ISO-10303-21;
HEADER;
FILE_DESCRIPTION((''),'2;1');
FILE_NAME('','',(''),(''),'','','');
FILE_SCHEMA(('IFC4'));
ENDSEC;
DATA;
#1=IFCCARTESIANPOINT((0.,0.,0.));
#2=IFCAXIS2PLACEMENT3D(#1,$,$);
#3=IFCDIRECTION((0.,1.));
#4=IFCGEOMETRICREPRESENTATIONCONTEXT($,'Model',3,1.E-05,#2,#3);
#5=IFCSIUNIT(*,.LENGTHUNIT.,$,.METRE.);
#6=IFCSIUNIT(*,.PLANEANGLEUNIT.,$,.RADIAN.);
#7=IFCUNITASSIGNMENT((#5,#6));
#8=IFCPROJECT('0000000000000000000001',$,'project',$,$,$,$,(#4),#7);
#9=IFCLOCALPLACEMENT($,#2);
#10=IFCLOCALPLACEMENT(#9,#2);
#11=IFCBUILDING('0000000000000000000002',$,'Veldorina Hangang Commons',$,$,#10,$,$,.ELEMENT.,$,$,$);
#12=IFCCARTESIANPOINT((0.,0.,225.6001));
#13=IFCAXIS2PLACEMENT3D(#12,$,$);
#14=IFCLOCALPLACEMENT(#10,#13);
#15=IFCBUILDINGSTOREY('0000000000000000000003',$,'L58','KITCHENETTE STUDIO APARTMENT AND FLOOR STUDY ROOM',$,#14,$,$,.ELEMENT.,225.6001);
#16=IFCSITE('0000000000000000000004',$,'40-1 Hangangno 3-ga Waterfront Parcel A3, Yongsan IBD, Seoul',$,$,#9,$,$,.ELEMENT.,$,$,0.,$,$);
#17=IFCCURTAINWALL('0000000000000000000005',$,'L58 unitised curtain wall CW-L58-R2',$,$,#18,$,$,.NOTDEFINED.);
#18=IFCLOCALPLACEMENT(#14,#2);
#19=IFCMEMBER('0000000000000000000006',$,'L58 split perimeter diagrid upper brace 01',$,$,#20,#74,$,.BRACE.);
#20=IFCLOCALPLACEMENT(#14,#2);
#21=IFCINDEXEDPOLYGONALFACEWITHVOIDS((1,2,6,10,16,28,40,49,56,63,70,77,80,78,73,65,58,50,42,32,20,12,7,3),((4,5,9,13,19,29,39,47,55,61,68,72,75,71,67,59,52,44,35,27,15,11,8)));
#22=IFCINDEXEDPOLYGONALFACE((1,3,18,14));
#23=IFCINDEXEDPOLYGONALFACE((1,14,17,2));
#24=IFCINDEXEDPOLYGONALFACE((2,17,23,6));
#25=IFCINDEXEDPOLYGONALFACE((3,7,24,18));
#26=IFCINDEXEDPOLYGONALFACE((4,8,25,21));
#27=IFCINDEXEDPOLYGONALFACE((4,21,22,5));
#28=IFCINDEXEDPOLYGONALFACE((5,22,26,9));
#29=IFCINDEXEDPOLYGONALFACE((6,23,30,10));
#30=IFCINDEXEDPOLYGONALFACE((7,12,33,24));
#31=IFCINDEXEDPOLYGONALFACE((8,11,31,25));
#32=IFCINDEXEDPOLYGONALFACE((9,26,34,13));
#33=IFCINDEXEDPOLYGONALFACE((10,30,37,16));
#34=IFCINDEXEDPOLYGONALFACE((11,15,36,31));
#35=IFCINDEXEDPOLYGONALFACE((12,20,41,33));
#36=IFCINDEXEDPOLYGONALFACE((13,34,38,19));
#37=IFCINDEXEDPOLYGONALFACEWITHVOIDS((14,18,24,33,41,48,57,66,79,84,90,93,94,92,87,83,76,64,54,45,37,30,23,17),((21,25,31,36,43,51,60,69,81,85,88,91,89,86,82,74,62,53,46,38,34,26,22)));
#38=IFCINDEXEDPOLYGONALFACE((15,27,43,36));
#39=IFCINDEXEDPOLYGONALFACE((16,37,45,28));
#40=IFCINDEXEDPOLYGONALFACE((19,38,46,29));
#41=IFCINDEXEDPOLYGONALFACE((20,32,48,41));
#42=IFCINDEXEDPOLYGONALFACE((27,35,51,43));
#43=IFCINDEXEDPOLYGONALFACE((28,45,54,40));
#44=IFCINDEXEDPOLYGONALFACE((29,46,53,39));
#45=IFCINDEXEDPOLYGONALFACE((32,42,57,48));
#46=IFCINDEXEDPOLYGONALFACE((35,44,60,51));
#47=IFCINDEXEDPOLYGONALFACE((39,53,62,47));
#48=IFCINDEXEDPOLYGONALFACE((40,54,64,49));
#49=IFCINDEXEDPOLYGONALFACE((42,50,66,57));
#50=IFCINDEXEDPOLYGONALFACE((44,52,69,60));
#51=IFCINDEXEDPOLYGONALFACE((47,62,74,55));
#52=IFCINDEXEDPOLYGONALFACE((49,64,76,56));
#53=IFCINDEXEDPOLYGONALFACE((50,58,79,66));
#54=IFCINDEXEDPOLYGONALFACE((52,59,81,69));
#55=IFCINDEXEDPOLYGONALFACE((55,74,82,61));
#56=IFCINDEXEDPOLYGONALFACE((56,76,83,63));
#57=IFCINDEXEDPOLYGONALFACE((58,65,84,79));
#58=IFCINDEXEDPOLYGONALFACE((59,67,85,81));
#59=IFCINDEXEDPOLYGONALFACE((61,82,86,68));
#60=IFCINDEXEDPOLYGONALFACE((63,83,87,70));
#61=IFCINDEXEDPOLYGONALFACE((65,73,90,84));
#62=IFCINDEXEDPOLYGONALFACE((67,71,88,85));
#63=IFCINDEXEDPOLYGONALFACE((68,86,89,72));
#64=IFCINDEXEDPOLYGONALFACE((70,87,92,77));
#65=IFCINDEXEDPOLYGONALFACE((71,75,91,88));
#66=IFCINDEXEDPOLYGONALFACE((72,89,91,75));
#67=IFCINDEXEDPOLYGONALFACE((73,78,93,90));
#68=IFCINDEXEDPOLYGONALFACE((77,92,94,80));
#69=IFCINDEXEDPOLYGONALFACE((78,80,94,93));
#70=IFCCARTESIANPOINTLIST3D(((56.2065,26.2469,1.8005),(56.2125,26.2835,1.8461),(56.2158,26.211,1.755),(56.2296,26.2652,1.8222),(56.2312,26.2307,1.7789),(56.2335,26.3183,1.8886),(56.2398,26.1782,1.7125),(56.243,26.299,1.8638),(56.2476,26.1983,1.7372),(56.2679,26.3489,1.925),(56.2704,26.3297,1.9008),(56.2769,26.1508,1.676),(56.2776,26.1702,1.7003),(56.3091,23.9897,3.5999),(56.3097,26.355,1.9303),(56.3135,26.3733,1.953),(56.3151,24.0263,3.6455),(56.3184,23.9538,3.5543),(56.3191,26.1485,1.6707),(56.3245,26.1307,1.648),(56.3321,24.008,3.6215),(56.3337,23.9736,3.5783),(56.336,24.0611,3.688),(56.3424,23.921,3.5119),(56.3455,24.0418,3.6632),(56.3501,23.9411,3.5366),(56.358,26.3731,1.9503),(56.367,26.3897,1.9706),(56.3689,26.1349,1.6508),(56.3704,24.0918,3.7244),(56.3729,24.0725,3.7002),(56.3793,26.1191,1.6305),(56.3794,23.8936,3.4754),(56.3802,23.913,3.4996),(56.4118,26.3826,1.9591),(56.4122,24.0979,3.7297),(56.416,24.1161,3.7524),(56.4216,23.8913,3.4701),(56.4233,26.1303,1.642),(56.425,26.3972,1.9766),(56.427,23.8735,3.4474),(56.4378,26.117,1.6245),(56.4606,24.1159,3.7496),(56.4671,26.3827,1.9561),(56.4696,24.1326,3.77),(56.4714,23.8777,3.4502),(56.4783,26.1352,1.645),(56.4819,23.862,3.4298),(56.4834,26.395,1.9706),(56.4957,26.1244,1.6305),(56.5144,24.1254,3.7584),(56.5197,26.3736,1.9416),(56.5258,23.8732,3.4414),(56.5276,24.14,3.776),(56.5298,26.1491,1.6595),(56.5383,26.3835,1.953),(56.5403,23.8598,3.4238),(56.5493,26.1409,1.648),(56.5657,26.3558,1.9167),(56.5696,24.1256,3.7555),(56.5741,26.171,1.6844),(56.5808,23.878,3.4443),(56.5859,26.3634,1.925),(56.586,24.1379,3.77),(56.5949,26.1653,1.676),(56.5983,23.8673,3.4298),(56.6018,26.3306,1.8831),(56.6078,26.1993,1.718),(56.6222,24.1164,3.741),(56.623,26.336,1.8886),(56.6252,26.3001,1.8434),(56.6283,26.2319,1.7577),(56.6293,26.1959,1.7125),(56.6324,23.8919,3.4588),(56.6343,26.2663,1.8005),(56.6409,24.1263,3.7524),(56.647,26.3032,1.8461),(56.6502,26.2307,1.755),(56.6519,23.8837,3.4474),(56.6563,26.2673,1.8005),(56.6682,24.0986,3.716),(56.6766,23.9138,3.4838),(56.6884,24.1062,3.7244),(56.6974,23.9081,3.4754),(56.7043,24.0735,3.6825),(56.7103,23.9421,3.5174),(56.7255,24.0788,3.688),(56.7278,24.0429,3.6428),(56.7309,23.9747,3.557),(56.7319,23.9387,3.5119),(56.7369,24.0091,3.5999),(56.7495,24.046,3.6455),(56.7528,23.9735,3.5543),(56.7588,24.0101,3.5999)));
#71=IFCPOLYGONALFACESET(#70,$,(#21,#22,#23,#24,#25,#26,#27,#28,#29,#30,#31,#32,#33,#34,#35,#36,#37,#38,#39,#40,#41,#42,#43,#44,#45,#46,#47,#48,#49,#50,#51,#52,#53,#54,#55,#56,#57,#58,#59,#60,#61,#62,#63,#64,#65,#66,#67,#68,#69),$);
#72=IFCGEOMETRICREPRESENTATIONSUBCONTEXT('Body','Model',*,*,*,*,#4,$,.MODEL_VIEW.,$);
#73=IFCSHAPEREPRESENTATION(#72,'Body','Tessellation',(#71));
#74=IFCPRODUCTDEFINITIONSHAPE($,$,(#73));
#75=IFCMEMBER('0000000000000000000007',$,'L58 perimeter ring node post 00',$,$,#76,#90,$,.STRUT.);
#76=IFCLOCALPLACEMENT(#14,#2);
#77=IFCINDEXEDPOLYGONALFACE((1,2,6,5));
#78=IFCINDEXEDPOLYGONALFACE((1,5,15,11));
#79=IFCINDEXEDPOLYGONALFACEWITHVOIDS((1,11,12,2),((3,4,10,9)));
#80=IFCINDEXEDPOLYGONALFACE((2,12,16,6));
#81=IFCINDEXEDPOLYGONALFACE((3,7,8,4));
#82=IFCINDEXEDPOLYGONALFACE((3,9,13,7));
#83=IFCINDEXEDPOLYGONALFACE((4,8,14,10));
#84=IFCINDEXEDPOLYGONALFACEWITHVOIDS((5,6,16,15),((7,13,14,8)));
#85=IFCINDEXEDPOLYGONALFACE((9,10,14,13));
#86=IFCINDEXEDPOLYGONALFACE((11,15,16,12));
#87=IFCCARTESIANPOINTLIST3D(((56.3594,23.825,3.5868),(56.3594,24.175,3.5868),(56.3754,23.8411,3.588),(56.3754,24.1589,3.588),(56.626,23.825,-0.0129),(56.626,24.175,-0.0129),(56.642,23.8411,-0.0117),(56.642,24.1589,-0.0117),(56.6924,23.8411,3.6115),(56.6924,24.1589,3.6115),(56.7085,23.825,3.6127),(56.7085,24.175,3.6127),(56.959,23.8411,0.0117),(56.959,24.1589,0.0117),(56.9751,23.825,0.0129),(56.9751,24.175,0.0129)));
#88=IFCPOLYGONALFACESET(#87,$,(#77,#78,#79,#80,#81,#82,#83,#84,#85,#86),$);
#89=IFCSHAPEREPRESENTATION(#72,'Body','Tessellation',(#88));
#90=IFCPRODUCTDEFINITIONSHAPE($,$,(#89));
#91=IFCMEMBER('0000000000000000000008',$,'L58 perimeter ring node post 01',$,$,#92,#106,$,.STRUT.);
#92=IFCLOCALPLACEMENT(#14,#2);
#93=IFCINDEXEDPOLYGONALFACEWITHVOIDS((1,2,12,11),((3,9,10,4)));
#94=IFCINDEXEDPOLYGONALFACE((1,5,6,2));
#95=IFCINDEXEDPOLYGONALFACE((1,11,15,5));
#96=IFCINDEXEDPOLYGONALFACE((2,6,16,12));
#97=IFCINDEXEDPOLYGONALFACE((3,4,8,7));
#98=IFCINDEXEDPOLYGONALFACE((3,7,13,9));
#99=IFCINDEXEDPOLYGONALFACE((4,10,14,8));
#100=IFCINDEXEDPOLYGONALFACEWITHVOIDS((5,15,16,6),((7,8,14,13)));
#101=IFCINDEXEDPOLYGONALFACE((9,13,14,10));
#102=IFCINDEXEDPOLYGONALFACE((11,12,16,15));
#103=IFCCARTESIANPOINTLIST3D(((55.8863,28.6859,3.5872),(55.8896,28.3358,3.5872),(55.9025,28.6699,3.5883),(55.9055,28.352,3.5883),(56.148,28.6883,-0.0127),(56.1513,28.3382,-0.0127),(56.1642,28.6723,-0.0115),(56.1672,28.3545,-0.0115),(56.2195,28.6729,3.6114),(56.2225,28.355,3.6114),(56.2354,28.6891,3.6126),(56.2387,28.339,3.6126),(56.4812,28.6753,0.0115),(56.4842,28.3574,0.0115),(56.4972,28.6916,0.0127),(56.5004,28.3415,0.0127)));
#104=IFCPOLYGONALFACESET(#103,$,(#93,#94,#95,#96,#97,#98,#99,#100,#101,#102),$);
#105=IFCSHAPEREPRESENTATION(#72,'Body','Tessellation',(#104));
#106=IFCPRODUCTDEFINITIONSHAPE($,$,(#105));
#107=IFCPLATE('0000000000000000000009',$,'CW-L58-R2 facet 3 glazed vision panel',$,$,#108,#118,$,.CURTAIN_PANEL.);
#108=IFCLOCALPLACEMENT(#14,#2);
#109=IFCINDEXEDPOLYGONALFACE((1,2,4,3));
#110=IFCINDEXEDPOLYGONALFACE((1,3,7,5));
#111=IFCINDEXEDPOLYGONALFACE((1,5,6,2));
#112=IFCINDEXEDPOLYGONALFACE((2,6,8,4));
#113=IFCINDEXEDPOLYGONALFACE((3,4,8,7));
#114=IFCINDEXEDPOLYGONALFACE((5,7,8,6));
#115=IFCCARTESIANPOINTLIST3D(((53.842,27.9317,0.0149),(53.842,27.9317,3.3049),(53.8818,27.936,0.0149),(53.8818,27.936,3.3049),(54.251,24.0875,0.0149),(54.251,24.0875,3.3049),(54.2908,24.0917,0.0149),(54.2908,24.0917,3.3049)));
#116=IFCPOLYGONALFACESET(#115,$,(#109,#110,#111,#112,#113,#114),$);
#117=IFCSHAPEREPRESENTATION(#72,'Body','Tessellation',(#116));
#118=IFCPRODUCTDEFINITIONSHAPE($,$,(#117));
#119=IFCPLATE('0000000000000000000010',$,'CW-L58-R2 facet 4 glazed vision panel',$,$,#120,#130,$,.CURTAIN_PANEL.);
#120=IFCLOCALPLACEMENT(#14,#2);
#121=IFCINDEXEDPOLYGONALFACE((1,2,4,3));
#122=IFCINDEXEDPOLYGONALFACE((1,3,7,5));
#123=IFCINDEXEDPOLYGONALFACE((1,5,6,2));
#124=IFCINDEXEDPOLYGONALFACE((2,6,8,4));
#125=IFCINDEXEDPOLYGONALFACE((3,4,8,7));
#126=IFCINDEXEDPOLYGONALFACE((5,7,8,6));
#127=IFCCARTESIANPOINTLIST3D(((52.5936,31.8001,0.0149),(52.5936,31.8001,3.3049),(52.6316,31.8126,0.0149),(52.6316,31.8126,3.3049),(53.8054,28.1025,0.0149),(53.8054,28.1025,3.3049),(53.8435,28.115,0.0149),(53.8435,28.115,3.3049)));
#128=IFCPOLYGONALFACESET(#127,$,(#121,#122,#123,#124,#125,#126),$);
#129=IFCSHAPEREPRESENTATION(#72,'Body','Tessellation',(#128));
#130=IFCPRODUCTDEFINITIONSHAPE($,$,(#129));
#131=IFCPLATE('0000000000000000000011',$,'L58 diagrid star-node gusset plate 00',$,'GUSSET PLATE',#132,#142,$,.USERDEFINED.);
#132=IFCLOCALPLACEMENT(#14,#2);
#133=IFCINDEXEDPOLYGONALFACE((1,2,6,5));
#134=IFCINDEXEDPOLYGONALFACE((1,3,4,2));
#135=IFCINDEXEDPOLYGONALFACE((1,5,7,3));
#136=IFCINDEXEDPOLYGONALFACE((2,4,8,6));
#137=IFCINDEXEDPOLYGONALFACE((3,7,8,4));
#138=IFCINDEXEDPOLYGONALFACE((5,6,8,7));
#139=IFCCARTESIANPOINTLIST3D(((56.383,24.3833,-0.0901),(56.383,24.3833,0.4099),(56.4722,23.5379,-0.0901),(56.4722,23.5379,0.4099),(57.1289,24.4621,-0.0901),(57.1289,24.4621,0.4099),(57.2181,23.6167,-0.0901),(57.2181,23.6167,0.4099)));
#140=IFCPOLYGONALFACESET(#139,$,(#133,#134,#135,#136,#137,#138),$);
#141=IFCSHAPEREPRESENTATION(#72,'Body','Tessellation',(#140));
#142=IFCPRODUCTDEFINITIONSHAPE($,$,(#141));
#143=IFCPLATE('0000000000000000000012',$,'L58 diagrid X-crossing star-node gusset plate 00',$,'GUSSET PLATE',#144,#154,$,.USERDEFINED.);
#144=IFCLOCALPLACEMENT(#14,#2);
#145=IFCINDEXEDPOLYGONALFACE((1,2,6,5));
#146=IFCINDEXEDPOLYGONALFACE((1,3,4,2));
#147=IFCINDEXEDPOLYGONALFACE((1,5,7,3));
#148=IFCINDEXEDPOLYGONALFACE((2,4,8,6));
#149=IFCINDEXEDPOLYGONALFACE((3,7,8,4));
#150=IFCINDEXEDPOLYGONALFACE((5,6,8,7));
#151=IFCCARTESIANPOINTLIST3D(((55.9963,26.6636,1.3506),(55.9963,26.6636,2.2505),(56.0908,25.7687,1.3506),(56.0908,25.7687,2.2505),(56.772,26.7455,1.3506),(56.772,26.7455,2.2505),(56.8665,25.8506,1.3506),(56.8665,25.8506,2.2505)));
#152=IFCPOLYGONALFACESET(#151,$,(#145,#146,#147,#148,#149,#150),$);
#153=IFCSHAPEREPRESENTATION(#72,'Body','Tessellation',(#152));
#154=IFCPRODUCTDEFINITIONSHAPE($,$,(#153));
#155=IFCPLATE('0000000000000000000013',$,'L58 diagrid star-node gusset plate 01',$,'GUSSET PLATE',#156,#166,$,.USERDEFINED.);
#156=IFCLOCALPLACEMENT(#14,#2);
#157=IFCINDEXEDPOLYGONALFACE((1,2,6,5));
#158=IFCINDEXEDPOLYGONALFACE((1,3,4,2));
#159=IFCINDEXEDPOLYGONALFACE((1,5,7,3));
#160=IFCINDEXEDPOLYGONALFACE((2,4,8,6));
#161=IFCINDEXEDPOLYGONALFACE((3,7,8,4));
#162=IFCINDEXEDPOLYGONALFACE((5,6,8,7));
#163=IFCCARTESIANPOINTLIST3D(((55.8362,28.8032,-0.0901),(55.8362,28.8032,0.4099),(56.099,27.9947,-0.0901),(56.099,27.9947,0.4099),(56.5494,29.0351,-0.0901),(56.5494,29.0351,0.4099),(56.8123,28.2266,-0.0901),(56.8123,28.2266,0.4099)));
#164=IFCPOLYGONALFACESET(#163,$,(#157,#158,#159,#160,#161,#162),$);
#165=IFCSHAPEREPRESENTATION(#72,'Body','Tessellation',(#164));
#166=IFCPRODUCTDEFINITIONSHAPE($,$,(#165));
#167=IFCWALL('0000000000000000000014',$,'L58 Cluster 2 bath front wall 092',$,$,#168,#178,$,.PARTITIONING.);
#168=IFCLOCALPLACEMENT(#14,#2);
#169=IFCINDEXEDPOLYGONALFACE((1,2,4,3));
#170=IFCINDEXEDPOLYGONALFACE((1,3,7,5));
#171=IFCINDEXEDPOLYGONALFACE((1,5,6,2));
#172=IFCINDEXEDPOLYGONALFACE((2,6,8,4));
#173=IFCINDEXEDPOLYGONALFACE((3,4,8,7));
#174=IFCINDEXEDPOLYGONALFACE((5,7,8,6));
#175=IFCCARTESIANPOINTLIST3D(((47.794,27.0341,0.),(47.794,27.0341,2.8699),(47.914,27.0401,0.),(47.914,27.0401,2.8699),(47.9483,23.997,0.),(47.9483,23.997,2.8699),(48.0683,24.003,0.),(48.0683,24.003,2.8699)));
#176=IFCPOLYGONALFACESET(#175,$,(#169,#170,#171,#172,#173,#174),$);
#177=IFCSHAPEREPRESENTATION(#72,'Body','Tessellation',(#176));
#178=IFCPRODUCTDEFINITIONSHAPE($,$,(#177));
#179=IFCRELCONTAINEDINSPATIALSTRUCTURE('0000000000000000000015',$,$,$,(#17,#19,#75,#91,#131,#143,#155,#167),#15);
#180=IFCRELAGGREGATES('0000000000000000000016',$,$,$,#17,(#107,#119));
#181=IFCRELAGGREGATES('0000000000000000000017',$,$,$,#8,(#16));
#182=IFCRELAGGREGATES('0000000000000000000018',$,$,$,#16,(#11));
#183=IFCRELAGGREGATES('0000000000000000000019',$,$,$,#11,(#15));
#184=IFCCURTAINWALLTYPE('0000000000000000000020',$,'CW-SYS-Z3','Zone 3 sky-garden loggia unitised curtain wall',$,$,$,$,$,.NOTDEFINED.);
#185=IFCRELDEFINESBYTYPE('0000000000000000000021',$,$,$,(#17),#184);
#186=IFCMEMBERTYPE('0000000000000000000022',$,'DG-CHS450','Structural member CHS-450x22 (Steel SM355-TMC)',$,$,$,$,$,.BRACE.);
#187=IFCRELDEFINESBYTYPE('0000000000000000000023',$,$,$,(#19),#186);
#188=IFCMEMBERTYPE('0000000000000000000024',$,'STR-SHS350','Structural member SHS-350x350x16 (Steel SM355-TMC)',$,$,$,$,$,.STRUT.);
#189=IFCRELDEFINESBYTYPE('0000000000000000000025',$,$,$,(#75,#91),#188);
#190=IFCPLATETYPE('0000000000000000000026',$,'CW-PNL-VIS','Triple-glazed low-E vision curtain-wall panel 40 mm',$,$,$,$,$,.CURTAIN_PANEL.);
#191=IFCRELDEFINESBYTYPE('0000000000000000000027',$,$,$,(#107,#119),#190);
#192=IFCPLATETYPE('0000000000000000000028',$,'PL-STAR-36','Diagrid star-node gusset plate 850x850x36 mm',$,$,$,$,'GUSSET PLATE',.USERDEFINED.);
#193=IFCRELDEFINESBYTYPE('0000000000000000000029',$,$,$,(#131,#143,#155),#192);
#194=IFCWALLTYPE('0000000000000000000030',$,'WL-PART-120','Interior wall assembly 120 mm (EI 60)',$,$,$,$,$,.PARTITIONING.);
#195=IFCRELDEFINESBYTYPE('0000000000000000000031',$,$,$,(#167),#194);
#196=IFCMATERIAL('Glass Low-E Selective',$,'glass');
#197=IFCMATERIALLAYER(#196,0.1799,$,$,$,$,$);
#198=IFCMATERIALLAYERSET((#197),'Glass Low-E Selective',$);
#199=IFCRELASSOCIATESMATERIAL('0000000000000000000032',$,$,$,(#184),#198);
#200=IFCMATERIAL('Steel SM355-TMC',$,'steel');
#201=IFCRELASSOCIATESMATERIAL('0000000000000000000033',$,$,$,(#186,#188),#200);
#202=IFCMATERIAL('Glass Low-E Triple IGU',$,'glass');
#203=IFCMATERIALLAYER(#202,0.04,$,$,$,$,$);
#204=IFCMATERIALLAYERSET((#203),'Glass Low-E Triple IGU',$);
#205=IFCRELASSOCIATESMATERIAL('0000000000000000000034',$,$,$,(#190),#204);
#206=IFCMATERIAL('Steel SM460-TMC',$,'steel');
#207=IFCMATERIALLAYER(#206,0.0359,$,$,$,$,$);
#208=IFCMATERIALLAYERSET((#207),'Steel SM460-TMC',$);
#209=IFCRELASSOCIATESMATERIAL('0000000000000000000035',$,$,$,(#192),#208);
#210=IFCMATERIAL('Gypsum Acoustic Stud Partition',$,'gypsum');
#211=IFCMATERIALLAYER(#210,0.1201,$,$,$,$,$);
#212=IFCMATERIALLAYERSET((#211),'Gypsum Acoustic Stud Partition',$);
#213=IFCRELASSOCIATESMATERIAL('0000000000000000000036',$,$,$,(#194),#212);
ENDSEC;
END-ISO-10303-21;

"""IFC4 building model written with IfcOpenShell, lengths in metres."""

from ifc_helpers import new_model, si_unit, direction, frame, frame_2d, origin, origin_2d, place, context, subcontext, project, spatial, rectangle, hollow_rectangle, hollow_circle, extrude, material, layer, layer_set, material_profile, profile_set, type_object, element, aggregate, save


model = new_model("IFC4")

# Units and contexts
model_context = context("Model", 3, precision=1e-05, world=origin(), true_north=direction((0.0, 1.0)))
body_context = subcontext(model_context, "Body", "Model", "MODEL_VIEW")
ifc_project = project(units=[si_unit("LENGTHUNIT", "METRE"), si_unit("PLANEANGLEUNIT", "RADIAN")], contexts=[model_context])

# Site, building, storey
site_placement = place(None, origin())
site = spatial("IfcSite", under=ifc_project, at=site_placement, Name="40-1 Hangangno 3-ga Waterfront Parcel A3, Yongsan IBD, Seoul", CompositionType="ELEMENT", RefElevation=0.0)
building_placement = place(site_placement, origin())
building = spatial("IfcBuilding", under=site, at=building_placement, Name="Veldorina Hangang Commons", CompositionType="ELEMENT")
storey_placement = place(building_placement, frame((0.0, 0.0, 225.6001)))
storey = spatial("IfcBuildingStorey", under=building, at=storey_placement, Name="L58", Description="KITCHENETTE STUDIO APARTMENT AND FLOOR STUDY ROOM", CompositionType="ELEMENT", Elevation=225.6001)

# Shared definitions
ifc_material_1 = material(Name="Steel SM355-TMC", Category="steel")

# Curtain wall
ifc_material_2 = material(Name="Glass Low-E Selective", Category="glass")
ifc_layer_1 = layer(ifc_material_2, 0.1799)
ifc_layer_set_1 = layer_set([ifc_layer_1], Name="Glass Low-E Selective")
curtain_wall_type = type_object("IfcCurtainWallType", Name="CW-SYS-Z3", Description="Zone 3 sky-garden loggia unitised curtain wall", PredefinedType="NOTDEFINED", material=ifc_layer_set_1)
curtain_wall_placement = place(storey_placement, origin())
curtain_wall = element("IfcCurtainWall", 1, at=curtain_wall_placement, inside=storey, type_object=curtain_wall_type, Name="L58 unitised curtain wall CW-L58-R2", PredefinedType="NOTDEFINED")

# Members
ifc_material_profile_1 = material_profile(ifc_material_1, hollow_circle(Radius=0.2251, WallThickness=0.022, at=origin_2d()), Name="CHS-450x22")
ifc_profile_set_1 = profile_set([ifc_material_profile_1], Name="Steel SM355-TMC")
member_type_1 = type_object("IfcMemberType", Name="DG-CHS450", Description="Structural member CHS-450x22 (Steel SM355-TMC)", PredefinedType="BRACE", material=ifc_profile_set_1)
member_1_placement = place(storey_placement, frame((56.4314, 26.2571, 1.8005), z_axis=(0.035501, -0.781447, 0.62296), x_axis=(0.99897, 0.045383, 0.0)))
element("IfcMember", 2, at=member_1_placement, inside=storey, type_object=member_type_1, Name="L58 split perimeter diagrid upper brace 01", PredefinedType="BRACE", context=body_context, shape_type="SweptSolid", body=[
    extrude(hollow_circle(Radius=0.2251, WallThickness=0.022, at=origin_2d()), origin(), (0.0, 0.0, 1.0), 2.8884),
])
ifc_material_profile_2 = material_profile(ifc_material_1, hollow_rectangle(XDim=0.3501, YDim=0.3501, WallThickness=0.0161, at=origin_2d()), Name="SHS-350x350x16")
ifc_profile_set_2 = profile_set([ifc_material_profile_2], Name="Steel SM355-TMC")
member_type_2 = type_object("IfcMemberType", Name="STR-SHS350", Description="Structural member SHS-350x350x16 (Steel SM355-TMC)", PredefinedType="STRUT", material=ifc_profile_set_2)
member_2_placement = place(storey_placement, frame((56.8005, 24.0, 0.0), z_axis=(-0.073857, 0.0, 0.997269), x_axis=(0.0, -1.0, 0.0)))
element("IfcMember", 3, at=member_2_placement, inside=storey, type_object=member_type_2, Name="L58 perimeter ring node post 00", PredefinedType="STRUT", context=body_context, shape_type="SweptSolid", body=[
    extrude(hollow_rectangle(XDim=0.3501, YDim=0.3501, WallThickness=0.0161, at=origin_2d()), origin(), (0.0, 0.0, 1.0), 3.6096),
])
member_3_placement = place(storey_placement, frame((56.3242, 28.5149, 0.0), z_axis=(-0.072511, -0.000676, 0.997367), x_axis=(0.009328, -0.999956, 0.0)))
element("IfcMember", 4, at=member_3_placement, inside=storey, type_object=member_type_2, Name="L58 perimeter ring node post 01", PredefinedType="STRUT", context=body_context, shape_type="SweptSolid", body=[
    extrude(hollow_rectangle(XDim=0.3501, YDim=0.3501, WallThickness=0.0161, at=origin_2d()), origin(), (0.0, 0.0, 1.0), 3.6094),
])

# Plates
ifc_material_3 = material(Name="Glass Low-E Triple IGU", Category="glass")
ifc_layer_2 = layer(ifc_material_3, 0.04)
ifc_layer_set_2 = layer_set([ifc_layer_2], Name="Glass Low-E Triple IGU")
plate_type_1 = type_object("IfcPlateType", Name="CW-PNL-VIS", Description="Triple-glazed low-E vision curtain-wall panel 40 mm", PredefinedType="CURTAIN_PANEL", material=ifc_layer_set_2)
plate_1_placement = place(storey_placement, frame((54.0664, 26.0117, 0.0149), z_axis=(0.0, 0.0, 1.0), x_axis=(-0.105813, 0.994386, 0.0)))
plate_1 = element("IfcPlate", 5, at=plate_1_placement, type_object=plate_type_1, Name="CW-L58-R2 facet 3 glazed vision panel", PredefinedType="CURTAIN_PANEL", context=body_context, shape_type="SweptSolid", body=[
    extrude(rectangle(XDim=3.866, YDim=0.04, at=origin_2d()), origin(), (0.0, 0.0, 1.0), 3.29),
])
plate_2_placement = place(storey_placement, frame((53.2185, 29.9575, 0.0149), z_axis=(0.0, 0.0, 1.0), x_axis=(-0.311439, 0.950266, 0.0)))
plate_2 = element("IfcPlate", 6, at=plate_2_placement, type_object=plate_type_1, Name="CW-L58-R2 facet 4 glazed vision panel", PredefinedType="CURTAIN_PANEL", context=body_context, shape_type="SweptSolid", body=[
    extrude(rectangle(XDim=3.8911, YDim=0.04, at=origin_2d()), origin(), (0.0, 0.0, 1.0), 3.29),
])
aggregate(curtain_wall, [plate_1, plate_2])

# Plates
ifc_material_4 = material(Name="Steel SM460-TMC", Category="steel")
ifc_layer_3 = layer(ifc_material_4, 0.0359)
ifc_layer_set_3 = layer_set([ifc_layer_3], Name="Steel SM460-TMC")
plate_type_2 = type_object("IfcPlateType", Name="PL-STAR-36", Description="Diagrid star-node gusset plate 850x850x36 mm", ElementType="GUSSET PLATE", PredefinedType="USERDEFINED", material=ifc_layer_set_3)
plate_3_placement = place(storey_placement, frame((56.8005, 24.0, -0.0901), z_axis=(0.0, 0.0, 1.0), x_axis=(-0.104962, 0.994476, 0.0)))
element("IfcPlate", 7, at=plate_3_placement, inside=storey, type_object=plate_type_2, Name="L58 diagrid star-node gusset plate 00", ObjectType="GUSSET PLATE", PredefinedType="USERDEFINED", context=body_context, shape_type="SweptSolid", body=[
    extrude(rectangle(XDim=0.8501, YDim=0.75, at=origin_2d()), origin(), (0.0, 0.0, 1.0), 0.5),
])
plate_4_placement = place(storey_placement, frame((56.4314, 26.2571, 1.3506), z_axis=(0.0, 0.0, 1.0), x_axis=(-0.104962, 0.994476, 0.0)))
element("IfcPlate", 8, at=plate_4_placement, inside=storey, type_object=plate_type_2, Name="L58 diagrid X-crossing star-node gusset plate 00", ObjectType="GUSSET PLATE", PredefinedType="USERDEFINED", context=body_context, shape_type="SweptSolid", body=[
    extrude(rectangle(XDim=0.8999, YDim=0.78, at=origin_2d()), origin(), (0.0, 0.0, 1.0), 0.8999),
])
plate_5_placement = place(storey_placement, frame((56.3242, 28.5149, -0.0901), z_axis=(0.0, 0.0, 1.0), x_axis=(-0.309166, 0.951008, 0.0)))
element("IfcPlate", 9, at=plate_5_placement, inside=storey, type_object=plate_type_2, Name="L58 diagrid star-node gusset plate 01", ObjectType="GUSSET PLATE", PredefinedType="USERDEFINED", context=body_context, shape_type="SweptSolid", body=[
    extrude(rectangle(XDim=0.8501, YDim=0.75, at=origin_2d()), origin(), (0.0, 0.0, 1.0), 0.5),
])

# Wall
ifc_material_5 = material(Name="Gypsum Acoustic Stud Partition", Category="gypsum")
ifc_layer_4 = layer(ifc_material_5, 0.1201)
ifc_layer_set_4 = layer_set([ifc_layer_4], Name="Gypsum Acoustic Stud Partition")
wall_type = type_object("IfcWallType", Name="WL-PART-120", Description="Interior wall assembly 120 mm (EI 60)", PredefinedType="PARTITIONING", material=ifc_layer_set_4)
wall_1_placement = place(storey_placement, frame((48.0083, 24.0, 0.0), z_axis=(0.0, 0.0, 1.0), x_axis=(-0.050738, 0.998712, 0.0)))
element("IfcWall", 10, at=wall_1_placement, inside=storey, type_object=wall_type, Name="L58 Cluster 2 bath front wall 092", PredefinedType="PARTITIONING", context=body_context, shape_type="SweptSolid", body=[
    extrude(rectangle(XDim=3.041, YDim=0.1201, at=frame_2d((1.5205, 0.0))), origin(), (0.0, 0.0, 1.0), 2.8699),
])

save(model, "model.ifc")
